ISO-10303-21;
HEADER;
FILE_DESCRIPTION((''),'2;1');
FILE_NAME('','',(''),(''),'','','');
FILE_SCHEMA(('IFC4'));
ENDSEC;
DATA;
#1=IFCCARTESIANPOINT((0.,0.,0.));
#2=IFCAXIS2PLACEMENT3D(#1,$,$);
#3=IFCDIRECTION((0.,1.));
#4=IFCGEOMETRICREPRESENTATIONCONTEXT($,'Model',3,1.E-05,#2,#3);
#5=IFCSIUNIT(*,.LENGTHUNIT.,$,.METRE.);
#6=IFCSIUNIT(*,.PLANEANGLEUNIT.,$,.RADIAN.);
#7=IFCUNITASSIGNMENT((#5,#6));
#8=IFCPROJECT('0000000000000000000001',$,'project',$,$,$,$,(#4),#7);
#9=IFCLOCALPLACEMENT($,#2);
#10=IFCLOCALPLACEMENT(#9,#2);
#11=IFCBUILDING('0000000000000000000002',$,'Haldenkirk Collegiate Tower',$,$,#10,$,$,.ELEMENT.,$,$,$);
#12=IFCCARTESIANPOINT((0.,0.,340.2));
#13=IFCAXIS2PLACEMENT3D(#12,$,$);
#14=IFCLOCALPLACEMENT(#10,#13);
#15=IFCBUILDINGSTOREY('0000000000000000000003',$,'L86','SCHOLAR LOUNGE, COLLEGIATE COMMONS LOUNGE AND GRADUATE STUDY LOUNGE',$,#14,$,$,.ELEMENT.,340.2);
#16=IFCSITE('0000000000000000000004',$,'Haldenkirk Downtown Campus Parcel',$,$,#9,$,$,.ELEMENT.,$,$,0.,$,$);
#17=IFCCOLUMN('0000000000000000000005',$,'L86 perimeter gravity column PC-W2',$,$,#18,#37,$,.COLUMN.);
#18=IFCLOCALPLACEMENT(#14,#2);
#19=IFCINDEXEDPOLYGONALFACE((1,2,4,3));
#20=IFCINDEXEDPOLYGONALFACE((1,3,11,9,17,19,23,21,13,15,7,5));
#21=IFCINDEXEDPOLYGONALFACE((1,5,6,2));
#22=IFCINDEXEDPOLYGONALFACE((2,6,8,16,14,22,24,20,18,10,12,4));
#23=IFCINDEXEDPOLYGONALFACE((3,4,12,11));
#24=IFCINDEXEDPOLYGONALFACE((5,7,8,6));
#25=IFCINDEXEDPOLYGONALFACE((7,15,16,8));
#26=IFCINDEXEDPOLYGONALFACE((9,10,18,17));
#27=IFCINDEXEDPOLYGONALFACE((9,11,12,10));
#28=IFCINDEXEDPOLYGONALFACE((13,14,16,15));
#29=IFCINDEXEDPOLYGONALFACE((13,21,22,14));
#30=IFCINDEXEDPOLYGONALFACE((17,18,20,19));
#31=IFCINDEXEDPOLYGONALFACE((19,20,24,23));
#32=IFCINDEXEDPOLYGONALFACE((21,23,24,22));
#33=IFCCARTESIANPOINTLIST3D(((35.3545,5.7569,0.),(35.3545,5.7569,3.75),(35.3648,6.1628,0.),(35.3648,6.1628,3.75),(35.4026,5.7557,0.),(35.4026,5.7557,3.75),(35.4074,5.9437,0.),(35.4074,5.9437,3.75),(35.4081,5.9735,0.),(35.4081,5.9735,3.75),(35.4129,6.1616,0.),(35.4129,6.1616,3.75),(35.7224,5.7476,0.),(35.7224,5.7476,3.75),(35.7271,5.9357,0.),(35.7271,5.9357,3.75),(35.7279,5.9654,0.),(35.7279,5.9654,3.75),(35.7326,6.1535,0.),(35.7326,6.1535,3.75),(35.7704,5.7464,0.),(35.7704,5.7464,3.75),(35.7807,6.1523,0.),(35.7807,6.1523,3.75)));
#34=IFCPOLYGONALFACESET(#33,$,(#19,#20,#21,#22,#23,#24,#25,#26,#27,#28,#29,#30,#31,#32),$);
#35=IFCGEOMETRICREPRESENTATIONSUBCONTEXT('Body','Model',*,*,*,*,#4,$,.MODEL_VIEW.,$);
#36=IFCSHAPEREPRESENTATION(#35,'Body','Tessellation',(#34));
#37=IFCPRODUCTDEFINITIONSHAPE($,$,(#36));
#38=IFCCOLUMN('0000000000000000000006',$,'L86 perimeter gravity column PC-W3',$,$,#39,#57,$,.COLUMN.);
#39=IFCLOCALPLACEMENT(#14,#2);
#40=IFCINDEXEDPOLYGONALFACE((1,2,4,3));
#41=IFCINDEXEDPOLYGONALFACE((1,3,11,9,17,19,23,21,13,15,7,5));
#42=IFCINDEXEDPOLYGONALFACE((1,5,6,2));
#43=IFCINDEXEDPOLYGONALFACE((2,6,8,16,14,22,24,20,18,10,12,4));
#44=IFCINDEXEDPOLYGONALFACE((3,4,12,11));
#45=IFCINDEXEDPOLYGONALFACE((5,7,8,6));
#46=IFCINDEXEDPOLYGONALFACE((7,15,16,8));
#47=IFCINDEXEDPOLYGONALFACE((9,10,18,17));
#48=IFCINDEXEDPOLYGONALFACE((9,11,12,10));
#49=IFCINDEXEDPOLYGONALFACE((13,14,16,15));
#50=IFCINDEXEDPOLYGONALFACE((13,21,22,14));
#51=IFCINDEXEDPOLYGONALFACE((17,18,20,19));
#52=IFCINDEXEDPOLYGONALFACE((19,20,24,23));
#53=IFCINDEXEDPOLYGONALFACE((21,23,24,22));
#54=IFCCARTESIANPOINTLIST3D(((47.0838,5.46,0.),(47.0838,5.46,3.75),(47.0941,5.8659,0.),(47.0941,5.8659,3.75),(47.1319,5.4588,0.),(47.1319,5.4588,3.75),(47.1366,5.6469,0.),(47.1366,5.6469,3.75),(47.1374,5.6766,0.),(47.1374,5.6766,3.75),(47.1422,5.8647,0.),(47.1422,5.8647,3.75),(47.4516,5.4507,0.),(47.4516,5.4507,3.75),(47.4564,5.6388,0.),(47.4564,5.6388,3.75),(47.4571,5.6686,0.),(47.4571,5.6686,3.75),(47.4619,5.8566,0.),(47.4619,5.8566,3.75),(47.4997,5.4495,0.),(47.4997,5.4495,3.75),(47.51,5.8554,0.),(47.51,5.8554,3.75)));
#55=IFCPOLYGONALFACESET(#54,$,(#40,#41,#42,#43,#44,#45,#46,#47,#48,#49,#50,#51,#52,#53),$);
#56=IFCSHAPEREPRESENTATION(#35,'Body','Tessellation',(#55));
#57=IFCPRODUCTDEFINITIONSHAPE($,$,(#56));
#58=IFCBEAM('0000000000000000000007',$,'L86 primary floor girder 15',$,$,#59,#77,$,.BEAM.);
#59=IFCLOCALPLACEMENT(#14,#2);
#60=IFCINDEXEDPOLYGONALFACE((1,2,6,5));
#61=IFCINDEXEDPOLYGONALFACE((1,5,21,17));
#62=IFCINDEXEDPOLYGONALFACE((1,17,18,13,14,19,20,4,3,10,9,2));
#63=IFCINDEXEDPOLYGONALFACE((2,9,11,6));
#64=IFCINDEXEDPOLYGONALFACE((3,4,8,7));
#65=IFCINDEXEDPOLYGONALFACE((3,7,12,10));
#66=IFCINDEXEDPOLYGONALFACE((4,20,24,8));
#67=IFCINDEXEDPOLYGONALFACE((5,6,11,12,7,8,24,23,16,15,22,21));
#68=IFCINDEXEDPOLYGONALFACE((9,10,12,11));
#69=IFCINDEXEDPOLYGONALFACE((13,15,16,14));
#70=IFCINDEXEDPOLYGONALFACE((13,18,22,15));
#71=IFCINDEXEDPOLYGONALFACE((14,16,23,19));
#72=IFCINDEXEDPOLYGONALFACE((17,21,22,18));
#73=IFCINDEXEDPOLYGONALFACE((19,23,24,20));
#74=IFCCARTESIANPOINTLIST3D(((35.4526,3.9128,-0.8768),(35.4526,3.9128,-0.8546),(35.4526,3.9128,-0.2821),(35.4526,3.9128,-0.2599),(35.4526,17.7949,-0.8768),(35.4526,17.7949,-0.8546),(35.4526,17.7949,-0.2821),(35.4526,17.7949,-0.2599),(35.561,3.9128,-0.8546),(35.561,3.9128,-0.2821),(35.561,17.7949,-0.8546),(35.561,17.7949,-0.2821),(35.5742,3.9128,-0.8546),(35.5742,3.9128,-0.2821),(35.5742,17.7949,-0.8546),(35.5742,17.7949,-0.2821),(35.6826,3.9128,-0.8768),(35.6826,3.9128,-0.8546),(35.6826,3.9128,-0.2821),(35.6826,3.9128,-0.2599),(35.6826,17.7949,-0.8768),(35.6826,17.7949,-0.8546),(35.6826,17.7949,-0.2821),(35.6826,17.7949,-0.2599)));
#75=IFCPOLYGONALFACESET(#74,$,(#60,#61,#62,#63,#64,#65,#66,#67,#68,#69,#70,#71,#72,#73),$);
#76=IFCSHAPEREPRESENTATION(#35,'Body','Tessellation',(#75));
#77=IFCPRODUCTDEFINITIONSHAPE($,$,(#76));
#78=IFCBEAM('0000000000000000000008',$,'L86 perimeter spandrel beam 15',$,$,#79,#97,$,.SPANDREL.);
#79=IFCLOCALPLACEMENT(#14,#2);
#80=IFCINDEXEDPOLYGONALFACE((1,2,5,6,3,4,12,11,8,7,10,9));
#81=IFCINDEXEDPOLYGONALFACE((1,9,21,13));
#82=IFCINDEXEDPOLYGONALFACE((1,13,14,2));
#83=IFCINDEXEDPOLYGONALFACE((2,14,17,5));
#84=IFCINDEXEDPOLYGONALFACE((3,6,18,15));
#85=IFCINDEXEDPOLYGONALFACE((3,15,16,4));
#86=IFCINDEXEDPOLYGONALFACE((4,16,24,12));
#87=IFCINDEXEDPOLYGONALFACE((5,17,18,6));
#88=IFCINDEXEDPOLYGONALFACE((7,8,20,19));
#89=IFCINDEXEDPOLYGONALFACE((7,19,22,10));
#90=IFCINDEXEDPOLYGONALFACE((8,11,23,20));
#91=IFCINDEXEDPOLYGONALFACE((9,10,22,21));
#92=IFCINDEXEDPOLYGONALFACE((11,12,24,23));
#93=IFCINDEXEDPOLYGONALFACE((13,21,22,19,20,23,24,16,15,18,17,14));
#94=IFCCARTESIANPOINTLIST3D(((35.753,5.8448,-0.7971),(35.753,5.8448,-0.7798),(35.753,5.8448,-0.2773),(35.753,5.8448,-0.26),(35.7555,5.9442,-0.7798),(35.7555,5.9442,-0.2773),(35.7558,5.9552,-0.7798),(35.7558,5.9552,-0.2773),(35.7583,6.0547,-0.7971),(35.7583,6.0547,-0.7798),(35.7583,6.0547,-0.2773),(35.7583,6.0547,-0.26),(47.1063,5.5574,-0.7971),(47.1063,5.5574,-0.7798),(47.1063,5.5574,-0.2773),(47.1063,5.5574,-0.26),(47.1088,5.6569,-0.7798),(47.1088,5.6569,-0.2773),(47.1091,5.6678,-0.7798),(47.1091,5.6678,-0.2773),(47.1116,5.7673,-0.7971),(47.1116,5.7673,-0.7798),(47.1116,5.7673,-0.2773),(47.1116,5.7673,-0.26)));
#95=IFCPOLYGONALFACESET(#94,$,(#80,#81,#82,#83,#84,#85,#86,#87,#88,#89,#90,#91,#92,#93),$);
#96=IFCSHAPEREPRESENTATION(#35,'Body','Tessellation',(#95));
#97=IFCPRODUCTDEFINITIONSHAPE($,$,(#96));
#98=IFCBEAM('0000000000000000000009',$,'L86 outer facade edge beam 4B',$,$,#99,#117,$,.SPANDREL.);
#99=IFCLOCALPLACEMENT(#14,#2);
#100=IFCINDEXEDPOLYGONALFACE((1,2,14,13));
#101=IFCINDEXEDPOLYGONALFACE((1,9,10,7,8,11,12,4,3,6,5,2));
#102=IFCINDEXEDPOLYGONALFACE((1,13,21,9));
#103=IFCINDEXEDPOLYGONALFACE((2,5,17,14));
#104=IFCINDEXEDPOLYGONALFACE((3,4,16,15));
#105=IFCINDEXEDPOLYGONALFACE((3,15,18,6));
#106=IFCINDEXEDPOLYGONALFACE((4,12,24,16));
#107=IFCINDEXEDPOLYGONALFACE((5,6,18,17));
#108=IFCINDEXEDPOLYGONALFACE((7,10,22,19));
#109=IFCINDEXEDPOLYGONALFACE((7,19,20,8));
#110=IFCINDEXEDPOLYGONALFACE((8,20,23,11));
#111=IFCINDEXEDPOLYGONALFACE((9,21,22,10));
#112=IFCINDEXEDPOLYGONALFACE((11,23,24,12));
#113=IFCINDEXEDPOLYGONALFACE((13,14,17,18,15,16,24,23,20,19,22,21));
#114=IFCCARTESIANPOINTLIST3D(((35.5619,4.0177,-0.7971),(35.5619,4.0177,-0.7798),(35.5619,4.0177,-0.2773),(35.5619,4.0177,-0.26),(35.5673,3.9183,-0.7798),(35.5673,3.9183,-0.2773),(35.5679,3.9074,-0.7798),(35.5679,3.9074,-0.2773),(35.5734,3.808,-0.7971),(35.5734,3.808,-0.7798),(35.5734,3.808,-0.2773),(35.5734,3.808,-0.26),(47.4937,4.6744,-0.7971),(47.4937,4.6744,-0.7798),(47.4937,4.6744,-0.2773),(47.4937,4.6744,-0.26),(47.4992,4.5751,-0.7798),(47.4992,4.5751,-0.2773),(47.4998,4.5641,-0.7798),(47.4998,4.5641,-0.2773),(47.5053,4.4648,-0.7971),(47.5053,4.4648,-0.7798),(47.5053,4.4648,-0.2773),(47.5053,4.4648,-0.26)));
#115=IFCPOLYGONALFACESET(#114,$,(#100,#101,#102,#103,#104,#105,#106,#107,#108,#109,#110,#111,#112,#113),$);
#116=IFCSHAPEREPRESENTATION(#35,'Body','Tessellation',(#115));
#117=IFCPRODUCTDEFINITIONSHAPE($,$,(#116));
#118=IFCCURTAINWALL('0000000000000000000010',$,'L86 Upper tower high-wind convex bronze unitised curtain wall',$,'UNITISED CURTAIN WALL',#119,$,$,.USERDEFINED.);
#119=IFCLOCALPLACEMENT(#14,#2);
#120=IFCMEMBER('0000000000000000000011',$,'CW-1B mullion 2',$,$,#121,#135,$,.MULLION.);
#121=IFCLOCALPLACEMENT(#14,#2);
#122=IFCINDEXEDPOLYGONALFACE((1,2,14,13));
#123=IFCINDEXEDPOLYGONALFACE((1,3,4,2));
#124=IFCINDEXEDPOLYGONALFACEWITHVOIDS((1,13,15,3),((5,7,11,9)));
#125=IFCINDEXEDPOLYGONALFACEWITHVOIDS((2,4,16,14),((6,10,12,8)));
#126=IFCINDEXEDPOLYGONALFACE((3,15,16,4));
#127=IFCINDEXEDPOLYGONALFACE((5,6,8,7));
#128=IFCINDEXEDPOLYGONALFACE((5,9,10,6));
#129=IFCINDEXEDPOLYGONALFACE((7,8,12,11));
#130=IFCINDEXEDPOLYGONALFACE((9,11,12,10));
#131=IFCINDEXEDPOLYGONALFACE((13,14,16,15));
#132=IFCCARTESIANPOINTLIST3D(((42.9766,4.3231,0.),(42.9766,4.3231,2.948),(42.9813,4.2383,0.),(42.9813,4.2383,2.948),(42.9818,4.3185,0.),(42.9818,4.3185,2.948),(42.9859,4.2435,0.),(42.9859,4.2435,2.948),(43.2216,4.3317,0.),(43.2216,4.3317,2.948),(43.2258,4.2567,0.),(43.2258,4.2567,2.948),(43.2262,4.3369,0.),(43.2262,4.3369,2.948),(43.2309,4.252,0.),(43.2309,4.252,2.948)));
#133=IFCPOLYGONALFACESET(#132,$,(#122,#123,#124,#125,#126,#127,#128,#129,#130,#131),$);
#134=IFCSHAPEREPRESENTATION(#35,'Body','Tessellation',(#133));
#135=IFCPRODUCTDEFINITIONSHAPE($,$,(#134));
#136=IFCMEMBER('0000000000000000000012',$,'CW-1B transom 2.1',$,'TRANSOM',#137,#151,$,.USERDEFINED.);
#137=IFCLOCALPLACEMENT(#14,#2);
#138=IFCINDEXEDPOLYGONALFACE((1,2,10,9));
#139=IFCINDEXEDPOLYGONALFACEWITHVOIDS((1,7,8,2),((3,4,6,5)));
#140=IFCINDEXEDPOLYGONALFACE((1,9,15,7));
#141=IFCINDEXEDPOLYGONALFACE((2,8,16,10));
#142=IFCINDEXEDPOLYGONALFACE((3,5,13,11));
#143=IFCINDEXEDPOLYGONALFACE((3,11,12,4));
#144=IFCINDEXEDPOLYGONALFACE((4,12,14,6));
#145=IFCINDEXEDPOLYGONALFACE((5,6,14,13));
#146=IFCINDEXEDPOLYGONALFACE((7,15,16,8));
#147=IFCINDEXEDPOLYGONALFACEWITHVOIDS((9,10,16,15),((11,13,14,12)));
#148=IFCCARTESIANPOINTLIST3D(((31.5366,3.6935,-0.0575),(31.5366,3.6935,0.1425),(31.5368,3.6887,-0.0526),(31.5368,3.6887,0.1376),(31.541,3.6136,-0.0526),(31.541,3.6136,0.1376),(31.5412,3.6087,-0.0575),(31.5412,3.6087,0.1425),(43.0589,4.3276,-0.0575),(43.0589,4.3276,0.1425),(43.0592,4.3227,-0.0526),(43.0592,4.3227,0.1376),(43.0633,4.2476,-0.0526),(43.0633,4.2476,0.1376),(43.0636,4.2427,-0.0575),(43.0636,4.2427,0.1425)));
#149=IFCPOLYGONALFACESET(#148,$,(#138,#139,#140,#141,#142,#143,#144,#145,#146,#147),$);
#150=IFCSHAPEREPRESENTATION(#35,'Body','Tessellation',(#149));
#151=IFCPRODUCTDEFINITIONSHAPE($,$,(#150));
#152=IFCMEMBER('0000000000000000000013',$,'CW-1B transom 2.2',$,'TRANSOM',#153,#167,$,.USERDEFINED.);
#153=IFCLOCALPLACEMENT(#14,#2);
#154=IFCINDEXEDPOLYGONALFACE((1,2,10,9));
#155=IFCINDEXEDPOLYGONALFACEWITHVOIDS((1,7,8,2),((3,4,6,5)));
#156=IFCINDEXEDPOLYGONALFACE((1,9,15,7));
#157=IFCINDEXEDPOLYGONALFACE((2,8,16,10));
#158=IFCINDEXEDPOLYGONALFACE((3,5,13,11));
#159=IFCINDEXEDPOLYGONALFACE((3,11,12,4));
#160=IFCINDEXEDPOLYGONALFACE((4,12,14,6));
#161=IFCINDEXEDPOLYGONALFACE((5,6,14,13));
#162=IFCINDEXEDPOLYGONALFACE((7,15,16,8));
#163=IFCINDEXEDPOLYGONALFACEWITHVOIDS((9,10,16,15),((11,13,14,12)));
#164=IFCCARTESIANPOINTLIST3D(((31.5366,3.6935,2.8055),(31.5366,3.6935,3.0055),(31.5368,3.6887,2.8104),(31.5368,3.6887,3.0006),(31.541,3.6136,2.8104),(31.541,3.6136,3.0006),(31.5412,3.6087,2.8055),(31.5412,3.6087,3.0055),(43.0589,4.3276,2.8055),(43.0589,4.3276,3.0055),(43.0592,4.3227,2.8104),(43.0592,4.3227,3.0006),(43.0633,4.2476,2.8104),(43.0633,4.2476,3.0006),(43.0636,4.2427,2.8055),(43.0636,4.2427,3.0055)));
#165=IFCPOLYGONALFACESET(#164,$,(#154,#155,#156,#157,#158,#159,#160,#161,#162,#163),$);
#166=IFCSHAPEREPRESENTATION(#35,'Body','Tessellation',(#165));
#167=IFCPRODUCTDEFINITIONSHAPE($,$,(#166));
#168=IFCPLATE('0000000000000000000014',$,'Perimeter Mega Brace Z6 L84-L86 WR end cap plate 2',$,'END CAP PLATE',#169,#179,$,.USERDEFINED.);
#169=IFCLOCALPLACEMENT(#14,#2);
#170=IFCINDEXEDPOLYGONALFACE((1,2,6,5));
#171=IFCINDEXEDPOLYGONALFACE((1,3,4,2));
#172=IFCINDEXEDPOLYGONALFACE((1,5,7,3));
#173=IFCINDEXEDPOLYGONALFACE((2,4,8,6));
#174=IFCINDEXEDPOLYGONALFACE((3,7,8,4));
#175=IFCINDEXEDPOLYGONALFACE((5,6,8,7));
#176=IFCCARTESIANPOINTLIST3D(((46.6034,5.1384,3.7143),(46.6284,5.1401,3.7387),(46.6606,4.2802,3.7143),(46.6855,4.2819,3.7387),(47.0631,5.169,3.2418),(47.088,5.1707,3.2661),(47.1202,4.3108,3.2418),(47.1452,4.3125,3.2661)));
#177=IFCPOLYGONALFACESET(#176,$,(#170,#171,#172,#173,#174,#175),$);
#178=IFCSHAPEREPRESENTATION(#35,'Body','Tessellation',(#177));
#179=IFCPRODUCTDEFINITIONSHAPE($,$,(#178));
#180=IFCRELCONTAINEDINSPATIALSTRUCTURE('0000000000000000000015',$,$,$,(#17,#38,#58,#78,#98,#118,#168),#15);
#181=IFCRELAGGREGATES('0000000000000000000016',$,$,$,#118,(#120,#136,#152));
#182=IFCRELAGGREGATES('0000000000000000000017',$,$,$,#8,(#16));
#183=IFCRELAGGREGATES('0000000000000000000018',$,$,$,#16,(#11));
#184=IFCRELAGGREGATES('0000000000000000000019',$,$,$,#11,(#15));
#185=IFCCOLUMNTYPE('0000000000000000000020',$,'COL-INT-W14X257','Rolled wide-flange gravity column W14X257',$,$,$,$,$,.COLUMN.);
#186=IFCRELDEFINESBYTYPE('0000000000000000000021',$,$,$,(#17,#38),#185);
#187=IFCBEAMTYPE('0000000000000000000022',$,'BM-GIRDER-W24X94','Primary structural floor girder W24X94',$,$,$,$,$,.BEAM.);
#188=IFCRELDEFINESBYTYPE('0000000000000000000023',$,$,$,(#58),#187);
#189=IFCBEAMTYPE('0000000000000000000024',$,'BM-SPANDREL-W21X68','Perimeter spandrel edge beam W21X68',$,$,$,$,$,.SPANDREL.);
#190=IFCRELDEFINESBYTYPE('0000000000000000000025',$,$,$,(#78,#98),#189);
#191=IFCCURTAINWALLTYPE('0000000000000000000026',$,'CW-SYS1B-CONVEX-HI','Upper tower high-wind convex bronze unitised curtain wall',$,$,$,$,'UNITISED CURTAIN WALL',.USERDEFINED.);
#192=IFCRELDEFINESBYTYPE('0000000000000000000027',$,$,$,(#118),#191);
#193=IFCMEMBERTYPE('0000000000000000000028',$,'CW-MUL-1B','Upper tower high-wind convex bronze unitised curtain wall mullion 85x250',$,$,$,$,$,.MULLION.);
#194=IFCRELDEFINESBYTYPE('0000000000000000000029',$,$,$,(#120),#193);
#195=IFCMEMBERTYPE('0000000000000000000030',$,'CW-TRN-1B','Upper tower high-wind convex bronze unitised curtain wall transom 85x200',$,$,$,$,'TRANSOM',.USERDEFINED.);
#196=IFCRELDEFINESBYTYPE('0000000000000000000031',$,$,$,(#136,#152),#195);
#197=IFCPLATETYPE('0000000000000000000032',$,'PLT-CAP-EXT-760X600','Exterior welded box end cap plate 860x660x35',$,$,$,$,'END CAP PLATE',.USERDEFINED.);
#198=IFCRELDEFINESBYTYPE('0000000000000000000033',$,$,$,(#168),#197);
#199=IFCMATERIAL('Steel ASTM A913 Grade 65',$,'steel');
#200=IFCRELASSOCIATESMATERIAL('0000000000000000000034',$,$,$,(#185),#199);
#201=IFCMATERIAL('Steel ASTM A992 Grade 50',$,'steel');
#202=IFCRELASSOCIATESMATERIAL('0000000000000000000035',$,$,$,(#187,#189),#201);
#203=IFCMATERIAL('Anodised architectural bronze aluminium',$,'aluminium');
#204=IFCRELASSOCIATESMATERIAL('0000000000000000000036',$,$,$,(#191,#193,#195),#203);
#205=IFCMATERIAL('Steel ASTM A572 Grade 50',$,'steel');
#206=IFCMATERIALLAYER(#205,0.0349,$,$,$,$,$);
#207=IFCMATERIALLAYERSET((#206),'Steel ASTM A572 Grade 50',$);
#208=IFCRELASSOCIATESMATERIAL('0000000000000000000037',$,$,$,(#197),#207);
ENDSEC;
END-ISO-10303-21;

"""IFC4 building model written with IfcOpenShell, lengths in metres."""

from ifc_helpers import new_model, si_unit, direction, frame, origin, origin_2d, place, context, subcontext, project, spatial, rectangle, hollow_rectangle, i_section, extrude, source, transform, mapped, material, layer, layer_set, material_profile, profile_set, type_object, element, aggregate, save


model = new_model("IFC4")

# Units and contexts
model_context = context("Model", 3, precision=1e-05, world=origin(), true_north=direction((0.0, 1.0)))
body_context = subcontext(model_context, "Body", "Model", "MODEL_VIEW")
ifc_project = project(units=[si_unit("LENGTHUNIT", "METRE"), si_unit("PLANEANGLEUNIT", "RADIAN")], contexts=[model_context])

# Site, building, storey
site_placement = place(None, origin())
site = spatial("IfcSite", under=ifc_project, at=site_placement, Name="Haldenkirk Downtown Campus Parcel", CompositionType="ELEMENT", RefElevation=0.0)
building_placement = place(site_placement, origin())
building = spatial("IfcBuilding", under=site, at=building_placement, Name="Haldenkirk Collegiate Tower", CompositionType="ELEMENT")
storey_placement = place(building_placement, frame((0.0, 0.0, 340.2)))
storey = spatial("IfcBuildingStorey", under=building, at=storey_placement, Name="L86", Description="SCHOLAR LOUNGE, COLLEGIATE COMMONS LOUNGE AND GRADUATE STUDY LOUNGE", CompositionType="ELEMENT", Elevation=340.2)

# Columns
ifc_material_1 = material(Name="Steel ASTM A913 Grade 65", Category="steel")
ifc_material_profile_1 = material_profile(ifc_material_1, i_section(OverallWidth=0.406, OverallDepth=0.416, WebThickness=0.0298, FlangeThickness=0.0481, at=origin_2d()), Name="W14X257")
ifc_profile_set_1 = profile_set([ifc_material_profile_1], Name="Steel ASTM A913 Grade 65")
column_type = type_object("IfcColumnType", Name="COL-INT-W14X257", Description="Rolled wide-flange gravity column W14X257", PredefinedType="COLUMN", material=ifc_profile_set_1)
for number, where, z_axis, x_axis, name in (
    (1, (35.5676, 5.9546, 0.0), (0.0, 0.0, 1.0), (0.025305, 0.99968, 0.0), "L86 perimeter gravity column PC-W2"),
    (2, (47.2969, 5.6577, 0.0), (0.0, 0.0, 1.0), (0.025305, 0.99968, 0.0), "L86 perimeter gravity column PC-W3"),
):
    element("IfcColumn", number, at=place(storey_placement, frame(where, z_axis=z_axis, x_axis=x_axis)), inside=storey, type_object=column_type, Name=name, PredefinedType="COLUMN", context=body_context, shape_type="SweptSolid", body=[
        extrude(i_section(OverallWidth=0.406, OverallDepth=0.416, WebThickness=0.0298, FlangeThickness=0.0481, at=origin_2d()), origin(), (0.0, 0.0, 1.0), 3.75),
    ])

# Beams
ifc_material_2 = material(Name="Steel ASTM A992 Grade 50", Category="steel")
ifc_material_profile_2 = material_profile(ifc_material_2, i_section(OverallWidth=0.23, OverallDepth=0.6169, WebThickness=0.0132, FlangeThickness=0.0222, at=origin_2d()), Name="W24X94")
ifc_profile_set_2 = profile_set([ifc_material_profile_2], Name="Steel ASTM A992 Grade 50")
beam_type_1 = type_object("IfcBeamType", Name="BM-GIRDER-W24X94", Description="Primary structural floor girder W24X94", PredefinedType="BEAM", material=ifc_profile_set_2)
beam_1_placement = place(storey_placement, frame((35.5676, 3.9128, -0.5684), z_axis=(0.0, 1.0, 0.0), x_axis=(-1.0, 0.0, 0.0)))
element("IfcBeam", 3, at=beam_1_placement, inside=storey, type_object=beam_type_1, Name="L86 primary floor girder 15", PredefinedType="BEAM", context=body_context, shape_type="SweptSolid", body=[
    extrude(i_section(OverallWidth=0.23, OverallDepth=0.6169, WebThickness=0.0132, FlangeThickness=0.0222, at=origin_2d()), origin(), (0.0, 0.0, 1.0), 13.8821),
])
ifc_material_profile_3 = material_profile(ifc_material_2, i_section(OverallWidth=0.21, OverallDepth=0.5371, WebThickness=0.011, FlangeThickness=0.0173, at=origin_2d()), Name="W21X68")
ifc_profile_set_3 = profile_set([ifc_material_profile_3], Name="Steel ASTM A992 Grade 50")
beam_type_2 = type_object("IfcBeamType", Name="BM-SPANDREL-W21X68", Description="Perimeter spandrel edge beam W21X68", PredefinedType="SPANDREL", material=ifc_profile_set_3)
beam_2_placement = place(storey_placement, frame((35.7556, 5.9497, -0.5286), z_axis=(0.99968, -0.025302, 0.0), x_axis=(0.025302, 0.99968, 0.0)))
element("IfcBeam", 4, at=beam_2_placement, inside=storey, type_object=beam_type_2, Name="L86 perimeter spandrel beam 15", PredefinedType="SPANDREL", context=body_context, shape_type="SweptSolid", body=[
    extrude(i_section(OverallWidth=0.21, OverallDepth=0.5371, WebThickness=0.011, FlangeThickness=0.0173, at=origin_2d()), origin(), (0.0, 0.0, 1.0), 11.3569),
])
beam_3_placement = place(storey_placement, frame((35.5676, 3.9128, -0.5286), z_axis=(0.998489, 0.054957, 0.0), x_axis=(-0.054957, 0.998489, 0.0)))
element("IfcBeam", 5, at=beam_3_placement, inside=storey, type_object=beam_type_2, Name="L86 outer facade edge beam 4B", PredefinedType="SPANDREL", context=body_context, shape_type="SweptSolid", body=[
    extrude(i_section(OverallWidth=0.21, OverallDepth=0.5371, WebThickness=0.011, FlangeThickness=0.0173, at=origin_2d()), origin(), (0.0, 0.0, 1.0), 11.95),
])

# Curtain wall, members
ifc_material_3 = material(Name="Anodised architectural bronze aluminium", Category="aluminium")
curtain_wall_type = type_object("IfcCurtainWallType", Name="CW-SYS1B-CONVEX-HI", Description="Upper tower high-wind convex bronze unitised curtain wall", ElementType="UNITISED CURTAIN WALL", PredefinedType="USERDEFINED", material=ifc_material_3)
curtain_wall_placement = place(storey_placement, origin())
curtain_wall = element("IfcCurtainWall", 6, at=curtain_wall_placement, inside=storey, type_object=curtain_wall_type, Name="L86 Upper tower high-wind convex bronze unitised curtain wall", ObjectType="UNITISED CURTAIN WALL", PredefinedType="USERDEFINED")
ifc_material_profile_4 = material_profile(ifc_material_3, hollow_rectangle(XDim=0.085, YDim=0.25, WallThickness=0.0049, at=origin_2d()), Name="CW-MUL-1B")
ifc_profile_set_4 = profile_set([ifc_material_profile_4], Name="Anodised architectural bronze aluminium")
member_type_1 = type_object("IfcMemberType", Name="CW-MUL-1B", Description="Upper tower high-wind convex bronze unitised curtain wall mullion 85x250", PredefinedType="MULLION", material=ifc_profile_set_4)
member_1_placement = place(storey_placement, frame((43.1038, 4.2876, 0.0), z_axis=(0.0, 0.0, 1.0), x_axis=(0.054948, -0.998489, 0.0)))
member_1 = element("IfcMember", 7, at=member_1_placement, type_object=member_type_1, Name="CW-1B mullion 2", PredefinedType="MULLION", context=body_context, shape_type="SweptSolid", body=[
    extrude(hollow_rectangle(XDim=0.085, YDim=0.25, WallThickness=0.0049, at=origin_2d()), origin(), (0.0, 0.0, 1.0), 2.948),
])
ifc_material_profile_5 = material_profile(ifc_material_3, hollow_rectangle(XDim=0.085, YDim=0.2, WallThickness=0.0049, at=origin_2d()), Name="CW-TRN-1B")
ifc_profile_set_5 = profile_set([ifc_material_profile_5], Name="Anodised architectural bronze aluminium")
member_type_2 = type_object("IfcMemberType", Name="CW-TRN-1B", Description="Upper tower high-wind convex bronze unitised curtain wall transom 85x200", ElementType="TRANSOM", PredefinedType="USERDEFINED", material=ifc_profile_set_5)
member_2_placement = place(storey_placement, frame((43.0613, 4.2852, 0.0425), z_axis=(-0.99849, -0.054943, 0.0), x_axis=(0.054943, -0.99849, 0.0)))
member_2 = element("IfcMember", 8, at=member_2_placement, type_object=member_type_2, Name="CW-1B transom 2.1", ObjectType="TRANSOM", PredefinedType="USERDEFINED", context=body_context, shape_type="SweptSolid", body=[
    extrude(hollow_rectangle(XDim=0.085, YDim=0.2, WallThickness=0.0049, at=origin_2d()), origin(), (0.0, 0.0, 1.0), 11.5398),
])
member_3_placement = place(storey_placement, frame((43.0613, 4.2852, 2.9055), z_axis=(-0.99849, -0.054943, 0.0), x_axis=(0.054943, -0.99849, 0.0)))
member_3 = element("IfcMember", 9, at=member_3_placement, type_object=member_type_2, Name="CW-1B transom 2.2", ObjectType="TRANSOM", PredefinedType="USERDEFINED", context=body_context, shape_type="SweptSolid", body=[
    extrude(hollow_rectangle(XDim=0.085, YDim=0.2, WallThickness=0.0049, at=origin_2d()), origin(), (0.0, 0.0, 1.0), 11.5398),
])

# Plate
ifc_material_4 = material(Name="Steel ASTM A572 Grade 50", Category="steel")
ifc_layer_1 = layer(ifc_material_4, 0.0349)
ifc_layer_set_1 = layer_set([ifc_layer_1], Name="Steel ASTM A572 Grade 50")
plate_type_1 = type_object("IfcPlateType", Name="PLT-CAP-EXT-760X600", Description="Exterior welded box end cap plate 860x660x35", ElementType="END CAP PLATE", PredefinedType="USERDEFINED", material=ifc_layer_set_1)
shared_shape_1 = source(origin(), body_context, "Body", "SweptSolid", [
    extrude(rectangle(XDim=0.8601, YDim=0.6599, at=origin_2d()), origin(), (0.0, 0.0, 1.0), 0.0349),
])
plate_1_placement = place(storey_placement, frame((46.8618, 4.7246, 3.478), z_axis=(0.714434, 0.047575, 0.698083), x_axis=(-0.066444, 0.99779, 0.0)))
element("IfcPlate", 10, at=plate_1_placement, inside=storey, type_object=plate_type_1, Name="Perimeter Mega Brace Z6 L84-L86 WR end cap plate 2", ObjectType="END CAP PLATE", PredefinedType="USERDEFINED", context=body_context, shape_type="MappedRepresentation", body=[
    mapped(shared_shape_1, transform((0.0, 0.0, 0.0), x_axis=(1.0, 0.0, 0.0), y_axis=(0.0, 1.0, 0.0), z_axis=(0.0, 0.0, 1.0), scale=1.0)),
])
aggregate(curtain_wall, [member_1, member_2, member_3])

save(model, "model.ifc")
